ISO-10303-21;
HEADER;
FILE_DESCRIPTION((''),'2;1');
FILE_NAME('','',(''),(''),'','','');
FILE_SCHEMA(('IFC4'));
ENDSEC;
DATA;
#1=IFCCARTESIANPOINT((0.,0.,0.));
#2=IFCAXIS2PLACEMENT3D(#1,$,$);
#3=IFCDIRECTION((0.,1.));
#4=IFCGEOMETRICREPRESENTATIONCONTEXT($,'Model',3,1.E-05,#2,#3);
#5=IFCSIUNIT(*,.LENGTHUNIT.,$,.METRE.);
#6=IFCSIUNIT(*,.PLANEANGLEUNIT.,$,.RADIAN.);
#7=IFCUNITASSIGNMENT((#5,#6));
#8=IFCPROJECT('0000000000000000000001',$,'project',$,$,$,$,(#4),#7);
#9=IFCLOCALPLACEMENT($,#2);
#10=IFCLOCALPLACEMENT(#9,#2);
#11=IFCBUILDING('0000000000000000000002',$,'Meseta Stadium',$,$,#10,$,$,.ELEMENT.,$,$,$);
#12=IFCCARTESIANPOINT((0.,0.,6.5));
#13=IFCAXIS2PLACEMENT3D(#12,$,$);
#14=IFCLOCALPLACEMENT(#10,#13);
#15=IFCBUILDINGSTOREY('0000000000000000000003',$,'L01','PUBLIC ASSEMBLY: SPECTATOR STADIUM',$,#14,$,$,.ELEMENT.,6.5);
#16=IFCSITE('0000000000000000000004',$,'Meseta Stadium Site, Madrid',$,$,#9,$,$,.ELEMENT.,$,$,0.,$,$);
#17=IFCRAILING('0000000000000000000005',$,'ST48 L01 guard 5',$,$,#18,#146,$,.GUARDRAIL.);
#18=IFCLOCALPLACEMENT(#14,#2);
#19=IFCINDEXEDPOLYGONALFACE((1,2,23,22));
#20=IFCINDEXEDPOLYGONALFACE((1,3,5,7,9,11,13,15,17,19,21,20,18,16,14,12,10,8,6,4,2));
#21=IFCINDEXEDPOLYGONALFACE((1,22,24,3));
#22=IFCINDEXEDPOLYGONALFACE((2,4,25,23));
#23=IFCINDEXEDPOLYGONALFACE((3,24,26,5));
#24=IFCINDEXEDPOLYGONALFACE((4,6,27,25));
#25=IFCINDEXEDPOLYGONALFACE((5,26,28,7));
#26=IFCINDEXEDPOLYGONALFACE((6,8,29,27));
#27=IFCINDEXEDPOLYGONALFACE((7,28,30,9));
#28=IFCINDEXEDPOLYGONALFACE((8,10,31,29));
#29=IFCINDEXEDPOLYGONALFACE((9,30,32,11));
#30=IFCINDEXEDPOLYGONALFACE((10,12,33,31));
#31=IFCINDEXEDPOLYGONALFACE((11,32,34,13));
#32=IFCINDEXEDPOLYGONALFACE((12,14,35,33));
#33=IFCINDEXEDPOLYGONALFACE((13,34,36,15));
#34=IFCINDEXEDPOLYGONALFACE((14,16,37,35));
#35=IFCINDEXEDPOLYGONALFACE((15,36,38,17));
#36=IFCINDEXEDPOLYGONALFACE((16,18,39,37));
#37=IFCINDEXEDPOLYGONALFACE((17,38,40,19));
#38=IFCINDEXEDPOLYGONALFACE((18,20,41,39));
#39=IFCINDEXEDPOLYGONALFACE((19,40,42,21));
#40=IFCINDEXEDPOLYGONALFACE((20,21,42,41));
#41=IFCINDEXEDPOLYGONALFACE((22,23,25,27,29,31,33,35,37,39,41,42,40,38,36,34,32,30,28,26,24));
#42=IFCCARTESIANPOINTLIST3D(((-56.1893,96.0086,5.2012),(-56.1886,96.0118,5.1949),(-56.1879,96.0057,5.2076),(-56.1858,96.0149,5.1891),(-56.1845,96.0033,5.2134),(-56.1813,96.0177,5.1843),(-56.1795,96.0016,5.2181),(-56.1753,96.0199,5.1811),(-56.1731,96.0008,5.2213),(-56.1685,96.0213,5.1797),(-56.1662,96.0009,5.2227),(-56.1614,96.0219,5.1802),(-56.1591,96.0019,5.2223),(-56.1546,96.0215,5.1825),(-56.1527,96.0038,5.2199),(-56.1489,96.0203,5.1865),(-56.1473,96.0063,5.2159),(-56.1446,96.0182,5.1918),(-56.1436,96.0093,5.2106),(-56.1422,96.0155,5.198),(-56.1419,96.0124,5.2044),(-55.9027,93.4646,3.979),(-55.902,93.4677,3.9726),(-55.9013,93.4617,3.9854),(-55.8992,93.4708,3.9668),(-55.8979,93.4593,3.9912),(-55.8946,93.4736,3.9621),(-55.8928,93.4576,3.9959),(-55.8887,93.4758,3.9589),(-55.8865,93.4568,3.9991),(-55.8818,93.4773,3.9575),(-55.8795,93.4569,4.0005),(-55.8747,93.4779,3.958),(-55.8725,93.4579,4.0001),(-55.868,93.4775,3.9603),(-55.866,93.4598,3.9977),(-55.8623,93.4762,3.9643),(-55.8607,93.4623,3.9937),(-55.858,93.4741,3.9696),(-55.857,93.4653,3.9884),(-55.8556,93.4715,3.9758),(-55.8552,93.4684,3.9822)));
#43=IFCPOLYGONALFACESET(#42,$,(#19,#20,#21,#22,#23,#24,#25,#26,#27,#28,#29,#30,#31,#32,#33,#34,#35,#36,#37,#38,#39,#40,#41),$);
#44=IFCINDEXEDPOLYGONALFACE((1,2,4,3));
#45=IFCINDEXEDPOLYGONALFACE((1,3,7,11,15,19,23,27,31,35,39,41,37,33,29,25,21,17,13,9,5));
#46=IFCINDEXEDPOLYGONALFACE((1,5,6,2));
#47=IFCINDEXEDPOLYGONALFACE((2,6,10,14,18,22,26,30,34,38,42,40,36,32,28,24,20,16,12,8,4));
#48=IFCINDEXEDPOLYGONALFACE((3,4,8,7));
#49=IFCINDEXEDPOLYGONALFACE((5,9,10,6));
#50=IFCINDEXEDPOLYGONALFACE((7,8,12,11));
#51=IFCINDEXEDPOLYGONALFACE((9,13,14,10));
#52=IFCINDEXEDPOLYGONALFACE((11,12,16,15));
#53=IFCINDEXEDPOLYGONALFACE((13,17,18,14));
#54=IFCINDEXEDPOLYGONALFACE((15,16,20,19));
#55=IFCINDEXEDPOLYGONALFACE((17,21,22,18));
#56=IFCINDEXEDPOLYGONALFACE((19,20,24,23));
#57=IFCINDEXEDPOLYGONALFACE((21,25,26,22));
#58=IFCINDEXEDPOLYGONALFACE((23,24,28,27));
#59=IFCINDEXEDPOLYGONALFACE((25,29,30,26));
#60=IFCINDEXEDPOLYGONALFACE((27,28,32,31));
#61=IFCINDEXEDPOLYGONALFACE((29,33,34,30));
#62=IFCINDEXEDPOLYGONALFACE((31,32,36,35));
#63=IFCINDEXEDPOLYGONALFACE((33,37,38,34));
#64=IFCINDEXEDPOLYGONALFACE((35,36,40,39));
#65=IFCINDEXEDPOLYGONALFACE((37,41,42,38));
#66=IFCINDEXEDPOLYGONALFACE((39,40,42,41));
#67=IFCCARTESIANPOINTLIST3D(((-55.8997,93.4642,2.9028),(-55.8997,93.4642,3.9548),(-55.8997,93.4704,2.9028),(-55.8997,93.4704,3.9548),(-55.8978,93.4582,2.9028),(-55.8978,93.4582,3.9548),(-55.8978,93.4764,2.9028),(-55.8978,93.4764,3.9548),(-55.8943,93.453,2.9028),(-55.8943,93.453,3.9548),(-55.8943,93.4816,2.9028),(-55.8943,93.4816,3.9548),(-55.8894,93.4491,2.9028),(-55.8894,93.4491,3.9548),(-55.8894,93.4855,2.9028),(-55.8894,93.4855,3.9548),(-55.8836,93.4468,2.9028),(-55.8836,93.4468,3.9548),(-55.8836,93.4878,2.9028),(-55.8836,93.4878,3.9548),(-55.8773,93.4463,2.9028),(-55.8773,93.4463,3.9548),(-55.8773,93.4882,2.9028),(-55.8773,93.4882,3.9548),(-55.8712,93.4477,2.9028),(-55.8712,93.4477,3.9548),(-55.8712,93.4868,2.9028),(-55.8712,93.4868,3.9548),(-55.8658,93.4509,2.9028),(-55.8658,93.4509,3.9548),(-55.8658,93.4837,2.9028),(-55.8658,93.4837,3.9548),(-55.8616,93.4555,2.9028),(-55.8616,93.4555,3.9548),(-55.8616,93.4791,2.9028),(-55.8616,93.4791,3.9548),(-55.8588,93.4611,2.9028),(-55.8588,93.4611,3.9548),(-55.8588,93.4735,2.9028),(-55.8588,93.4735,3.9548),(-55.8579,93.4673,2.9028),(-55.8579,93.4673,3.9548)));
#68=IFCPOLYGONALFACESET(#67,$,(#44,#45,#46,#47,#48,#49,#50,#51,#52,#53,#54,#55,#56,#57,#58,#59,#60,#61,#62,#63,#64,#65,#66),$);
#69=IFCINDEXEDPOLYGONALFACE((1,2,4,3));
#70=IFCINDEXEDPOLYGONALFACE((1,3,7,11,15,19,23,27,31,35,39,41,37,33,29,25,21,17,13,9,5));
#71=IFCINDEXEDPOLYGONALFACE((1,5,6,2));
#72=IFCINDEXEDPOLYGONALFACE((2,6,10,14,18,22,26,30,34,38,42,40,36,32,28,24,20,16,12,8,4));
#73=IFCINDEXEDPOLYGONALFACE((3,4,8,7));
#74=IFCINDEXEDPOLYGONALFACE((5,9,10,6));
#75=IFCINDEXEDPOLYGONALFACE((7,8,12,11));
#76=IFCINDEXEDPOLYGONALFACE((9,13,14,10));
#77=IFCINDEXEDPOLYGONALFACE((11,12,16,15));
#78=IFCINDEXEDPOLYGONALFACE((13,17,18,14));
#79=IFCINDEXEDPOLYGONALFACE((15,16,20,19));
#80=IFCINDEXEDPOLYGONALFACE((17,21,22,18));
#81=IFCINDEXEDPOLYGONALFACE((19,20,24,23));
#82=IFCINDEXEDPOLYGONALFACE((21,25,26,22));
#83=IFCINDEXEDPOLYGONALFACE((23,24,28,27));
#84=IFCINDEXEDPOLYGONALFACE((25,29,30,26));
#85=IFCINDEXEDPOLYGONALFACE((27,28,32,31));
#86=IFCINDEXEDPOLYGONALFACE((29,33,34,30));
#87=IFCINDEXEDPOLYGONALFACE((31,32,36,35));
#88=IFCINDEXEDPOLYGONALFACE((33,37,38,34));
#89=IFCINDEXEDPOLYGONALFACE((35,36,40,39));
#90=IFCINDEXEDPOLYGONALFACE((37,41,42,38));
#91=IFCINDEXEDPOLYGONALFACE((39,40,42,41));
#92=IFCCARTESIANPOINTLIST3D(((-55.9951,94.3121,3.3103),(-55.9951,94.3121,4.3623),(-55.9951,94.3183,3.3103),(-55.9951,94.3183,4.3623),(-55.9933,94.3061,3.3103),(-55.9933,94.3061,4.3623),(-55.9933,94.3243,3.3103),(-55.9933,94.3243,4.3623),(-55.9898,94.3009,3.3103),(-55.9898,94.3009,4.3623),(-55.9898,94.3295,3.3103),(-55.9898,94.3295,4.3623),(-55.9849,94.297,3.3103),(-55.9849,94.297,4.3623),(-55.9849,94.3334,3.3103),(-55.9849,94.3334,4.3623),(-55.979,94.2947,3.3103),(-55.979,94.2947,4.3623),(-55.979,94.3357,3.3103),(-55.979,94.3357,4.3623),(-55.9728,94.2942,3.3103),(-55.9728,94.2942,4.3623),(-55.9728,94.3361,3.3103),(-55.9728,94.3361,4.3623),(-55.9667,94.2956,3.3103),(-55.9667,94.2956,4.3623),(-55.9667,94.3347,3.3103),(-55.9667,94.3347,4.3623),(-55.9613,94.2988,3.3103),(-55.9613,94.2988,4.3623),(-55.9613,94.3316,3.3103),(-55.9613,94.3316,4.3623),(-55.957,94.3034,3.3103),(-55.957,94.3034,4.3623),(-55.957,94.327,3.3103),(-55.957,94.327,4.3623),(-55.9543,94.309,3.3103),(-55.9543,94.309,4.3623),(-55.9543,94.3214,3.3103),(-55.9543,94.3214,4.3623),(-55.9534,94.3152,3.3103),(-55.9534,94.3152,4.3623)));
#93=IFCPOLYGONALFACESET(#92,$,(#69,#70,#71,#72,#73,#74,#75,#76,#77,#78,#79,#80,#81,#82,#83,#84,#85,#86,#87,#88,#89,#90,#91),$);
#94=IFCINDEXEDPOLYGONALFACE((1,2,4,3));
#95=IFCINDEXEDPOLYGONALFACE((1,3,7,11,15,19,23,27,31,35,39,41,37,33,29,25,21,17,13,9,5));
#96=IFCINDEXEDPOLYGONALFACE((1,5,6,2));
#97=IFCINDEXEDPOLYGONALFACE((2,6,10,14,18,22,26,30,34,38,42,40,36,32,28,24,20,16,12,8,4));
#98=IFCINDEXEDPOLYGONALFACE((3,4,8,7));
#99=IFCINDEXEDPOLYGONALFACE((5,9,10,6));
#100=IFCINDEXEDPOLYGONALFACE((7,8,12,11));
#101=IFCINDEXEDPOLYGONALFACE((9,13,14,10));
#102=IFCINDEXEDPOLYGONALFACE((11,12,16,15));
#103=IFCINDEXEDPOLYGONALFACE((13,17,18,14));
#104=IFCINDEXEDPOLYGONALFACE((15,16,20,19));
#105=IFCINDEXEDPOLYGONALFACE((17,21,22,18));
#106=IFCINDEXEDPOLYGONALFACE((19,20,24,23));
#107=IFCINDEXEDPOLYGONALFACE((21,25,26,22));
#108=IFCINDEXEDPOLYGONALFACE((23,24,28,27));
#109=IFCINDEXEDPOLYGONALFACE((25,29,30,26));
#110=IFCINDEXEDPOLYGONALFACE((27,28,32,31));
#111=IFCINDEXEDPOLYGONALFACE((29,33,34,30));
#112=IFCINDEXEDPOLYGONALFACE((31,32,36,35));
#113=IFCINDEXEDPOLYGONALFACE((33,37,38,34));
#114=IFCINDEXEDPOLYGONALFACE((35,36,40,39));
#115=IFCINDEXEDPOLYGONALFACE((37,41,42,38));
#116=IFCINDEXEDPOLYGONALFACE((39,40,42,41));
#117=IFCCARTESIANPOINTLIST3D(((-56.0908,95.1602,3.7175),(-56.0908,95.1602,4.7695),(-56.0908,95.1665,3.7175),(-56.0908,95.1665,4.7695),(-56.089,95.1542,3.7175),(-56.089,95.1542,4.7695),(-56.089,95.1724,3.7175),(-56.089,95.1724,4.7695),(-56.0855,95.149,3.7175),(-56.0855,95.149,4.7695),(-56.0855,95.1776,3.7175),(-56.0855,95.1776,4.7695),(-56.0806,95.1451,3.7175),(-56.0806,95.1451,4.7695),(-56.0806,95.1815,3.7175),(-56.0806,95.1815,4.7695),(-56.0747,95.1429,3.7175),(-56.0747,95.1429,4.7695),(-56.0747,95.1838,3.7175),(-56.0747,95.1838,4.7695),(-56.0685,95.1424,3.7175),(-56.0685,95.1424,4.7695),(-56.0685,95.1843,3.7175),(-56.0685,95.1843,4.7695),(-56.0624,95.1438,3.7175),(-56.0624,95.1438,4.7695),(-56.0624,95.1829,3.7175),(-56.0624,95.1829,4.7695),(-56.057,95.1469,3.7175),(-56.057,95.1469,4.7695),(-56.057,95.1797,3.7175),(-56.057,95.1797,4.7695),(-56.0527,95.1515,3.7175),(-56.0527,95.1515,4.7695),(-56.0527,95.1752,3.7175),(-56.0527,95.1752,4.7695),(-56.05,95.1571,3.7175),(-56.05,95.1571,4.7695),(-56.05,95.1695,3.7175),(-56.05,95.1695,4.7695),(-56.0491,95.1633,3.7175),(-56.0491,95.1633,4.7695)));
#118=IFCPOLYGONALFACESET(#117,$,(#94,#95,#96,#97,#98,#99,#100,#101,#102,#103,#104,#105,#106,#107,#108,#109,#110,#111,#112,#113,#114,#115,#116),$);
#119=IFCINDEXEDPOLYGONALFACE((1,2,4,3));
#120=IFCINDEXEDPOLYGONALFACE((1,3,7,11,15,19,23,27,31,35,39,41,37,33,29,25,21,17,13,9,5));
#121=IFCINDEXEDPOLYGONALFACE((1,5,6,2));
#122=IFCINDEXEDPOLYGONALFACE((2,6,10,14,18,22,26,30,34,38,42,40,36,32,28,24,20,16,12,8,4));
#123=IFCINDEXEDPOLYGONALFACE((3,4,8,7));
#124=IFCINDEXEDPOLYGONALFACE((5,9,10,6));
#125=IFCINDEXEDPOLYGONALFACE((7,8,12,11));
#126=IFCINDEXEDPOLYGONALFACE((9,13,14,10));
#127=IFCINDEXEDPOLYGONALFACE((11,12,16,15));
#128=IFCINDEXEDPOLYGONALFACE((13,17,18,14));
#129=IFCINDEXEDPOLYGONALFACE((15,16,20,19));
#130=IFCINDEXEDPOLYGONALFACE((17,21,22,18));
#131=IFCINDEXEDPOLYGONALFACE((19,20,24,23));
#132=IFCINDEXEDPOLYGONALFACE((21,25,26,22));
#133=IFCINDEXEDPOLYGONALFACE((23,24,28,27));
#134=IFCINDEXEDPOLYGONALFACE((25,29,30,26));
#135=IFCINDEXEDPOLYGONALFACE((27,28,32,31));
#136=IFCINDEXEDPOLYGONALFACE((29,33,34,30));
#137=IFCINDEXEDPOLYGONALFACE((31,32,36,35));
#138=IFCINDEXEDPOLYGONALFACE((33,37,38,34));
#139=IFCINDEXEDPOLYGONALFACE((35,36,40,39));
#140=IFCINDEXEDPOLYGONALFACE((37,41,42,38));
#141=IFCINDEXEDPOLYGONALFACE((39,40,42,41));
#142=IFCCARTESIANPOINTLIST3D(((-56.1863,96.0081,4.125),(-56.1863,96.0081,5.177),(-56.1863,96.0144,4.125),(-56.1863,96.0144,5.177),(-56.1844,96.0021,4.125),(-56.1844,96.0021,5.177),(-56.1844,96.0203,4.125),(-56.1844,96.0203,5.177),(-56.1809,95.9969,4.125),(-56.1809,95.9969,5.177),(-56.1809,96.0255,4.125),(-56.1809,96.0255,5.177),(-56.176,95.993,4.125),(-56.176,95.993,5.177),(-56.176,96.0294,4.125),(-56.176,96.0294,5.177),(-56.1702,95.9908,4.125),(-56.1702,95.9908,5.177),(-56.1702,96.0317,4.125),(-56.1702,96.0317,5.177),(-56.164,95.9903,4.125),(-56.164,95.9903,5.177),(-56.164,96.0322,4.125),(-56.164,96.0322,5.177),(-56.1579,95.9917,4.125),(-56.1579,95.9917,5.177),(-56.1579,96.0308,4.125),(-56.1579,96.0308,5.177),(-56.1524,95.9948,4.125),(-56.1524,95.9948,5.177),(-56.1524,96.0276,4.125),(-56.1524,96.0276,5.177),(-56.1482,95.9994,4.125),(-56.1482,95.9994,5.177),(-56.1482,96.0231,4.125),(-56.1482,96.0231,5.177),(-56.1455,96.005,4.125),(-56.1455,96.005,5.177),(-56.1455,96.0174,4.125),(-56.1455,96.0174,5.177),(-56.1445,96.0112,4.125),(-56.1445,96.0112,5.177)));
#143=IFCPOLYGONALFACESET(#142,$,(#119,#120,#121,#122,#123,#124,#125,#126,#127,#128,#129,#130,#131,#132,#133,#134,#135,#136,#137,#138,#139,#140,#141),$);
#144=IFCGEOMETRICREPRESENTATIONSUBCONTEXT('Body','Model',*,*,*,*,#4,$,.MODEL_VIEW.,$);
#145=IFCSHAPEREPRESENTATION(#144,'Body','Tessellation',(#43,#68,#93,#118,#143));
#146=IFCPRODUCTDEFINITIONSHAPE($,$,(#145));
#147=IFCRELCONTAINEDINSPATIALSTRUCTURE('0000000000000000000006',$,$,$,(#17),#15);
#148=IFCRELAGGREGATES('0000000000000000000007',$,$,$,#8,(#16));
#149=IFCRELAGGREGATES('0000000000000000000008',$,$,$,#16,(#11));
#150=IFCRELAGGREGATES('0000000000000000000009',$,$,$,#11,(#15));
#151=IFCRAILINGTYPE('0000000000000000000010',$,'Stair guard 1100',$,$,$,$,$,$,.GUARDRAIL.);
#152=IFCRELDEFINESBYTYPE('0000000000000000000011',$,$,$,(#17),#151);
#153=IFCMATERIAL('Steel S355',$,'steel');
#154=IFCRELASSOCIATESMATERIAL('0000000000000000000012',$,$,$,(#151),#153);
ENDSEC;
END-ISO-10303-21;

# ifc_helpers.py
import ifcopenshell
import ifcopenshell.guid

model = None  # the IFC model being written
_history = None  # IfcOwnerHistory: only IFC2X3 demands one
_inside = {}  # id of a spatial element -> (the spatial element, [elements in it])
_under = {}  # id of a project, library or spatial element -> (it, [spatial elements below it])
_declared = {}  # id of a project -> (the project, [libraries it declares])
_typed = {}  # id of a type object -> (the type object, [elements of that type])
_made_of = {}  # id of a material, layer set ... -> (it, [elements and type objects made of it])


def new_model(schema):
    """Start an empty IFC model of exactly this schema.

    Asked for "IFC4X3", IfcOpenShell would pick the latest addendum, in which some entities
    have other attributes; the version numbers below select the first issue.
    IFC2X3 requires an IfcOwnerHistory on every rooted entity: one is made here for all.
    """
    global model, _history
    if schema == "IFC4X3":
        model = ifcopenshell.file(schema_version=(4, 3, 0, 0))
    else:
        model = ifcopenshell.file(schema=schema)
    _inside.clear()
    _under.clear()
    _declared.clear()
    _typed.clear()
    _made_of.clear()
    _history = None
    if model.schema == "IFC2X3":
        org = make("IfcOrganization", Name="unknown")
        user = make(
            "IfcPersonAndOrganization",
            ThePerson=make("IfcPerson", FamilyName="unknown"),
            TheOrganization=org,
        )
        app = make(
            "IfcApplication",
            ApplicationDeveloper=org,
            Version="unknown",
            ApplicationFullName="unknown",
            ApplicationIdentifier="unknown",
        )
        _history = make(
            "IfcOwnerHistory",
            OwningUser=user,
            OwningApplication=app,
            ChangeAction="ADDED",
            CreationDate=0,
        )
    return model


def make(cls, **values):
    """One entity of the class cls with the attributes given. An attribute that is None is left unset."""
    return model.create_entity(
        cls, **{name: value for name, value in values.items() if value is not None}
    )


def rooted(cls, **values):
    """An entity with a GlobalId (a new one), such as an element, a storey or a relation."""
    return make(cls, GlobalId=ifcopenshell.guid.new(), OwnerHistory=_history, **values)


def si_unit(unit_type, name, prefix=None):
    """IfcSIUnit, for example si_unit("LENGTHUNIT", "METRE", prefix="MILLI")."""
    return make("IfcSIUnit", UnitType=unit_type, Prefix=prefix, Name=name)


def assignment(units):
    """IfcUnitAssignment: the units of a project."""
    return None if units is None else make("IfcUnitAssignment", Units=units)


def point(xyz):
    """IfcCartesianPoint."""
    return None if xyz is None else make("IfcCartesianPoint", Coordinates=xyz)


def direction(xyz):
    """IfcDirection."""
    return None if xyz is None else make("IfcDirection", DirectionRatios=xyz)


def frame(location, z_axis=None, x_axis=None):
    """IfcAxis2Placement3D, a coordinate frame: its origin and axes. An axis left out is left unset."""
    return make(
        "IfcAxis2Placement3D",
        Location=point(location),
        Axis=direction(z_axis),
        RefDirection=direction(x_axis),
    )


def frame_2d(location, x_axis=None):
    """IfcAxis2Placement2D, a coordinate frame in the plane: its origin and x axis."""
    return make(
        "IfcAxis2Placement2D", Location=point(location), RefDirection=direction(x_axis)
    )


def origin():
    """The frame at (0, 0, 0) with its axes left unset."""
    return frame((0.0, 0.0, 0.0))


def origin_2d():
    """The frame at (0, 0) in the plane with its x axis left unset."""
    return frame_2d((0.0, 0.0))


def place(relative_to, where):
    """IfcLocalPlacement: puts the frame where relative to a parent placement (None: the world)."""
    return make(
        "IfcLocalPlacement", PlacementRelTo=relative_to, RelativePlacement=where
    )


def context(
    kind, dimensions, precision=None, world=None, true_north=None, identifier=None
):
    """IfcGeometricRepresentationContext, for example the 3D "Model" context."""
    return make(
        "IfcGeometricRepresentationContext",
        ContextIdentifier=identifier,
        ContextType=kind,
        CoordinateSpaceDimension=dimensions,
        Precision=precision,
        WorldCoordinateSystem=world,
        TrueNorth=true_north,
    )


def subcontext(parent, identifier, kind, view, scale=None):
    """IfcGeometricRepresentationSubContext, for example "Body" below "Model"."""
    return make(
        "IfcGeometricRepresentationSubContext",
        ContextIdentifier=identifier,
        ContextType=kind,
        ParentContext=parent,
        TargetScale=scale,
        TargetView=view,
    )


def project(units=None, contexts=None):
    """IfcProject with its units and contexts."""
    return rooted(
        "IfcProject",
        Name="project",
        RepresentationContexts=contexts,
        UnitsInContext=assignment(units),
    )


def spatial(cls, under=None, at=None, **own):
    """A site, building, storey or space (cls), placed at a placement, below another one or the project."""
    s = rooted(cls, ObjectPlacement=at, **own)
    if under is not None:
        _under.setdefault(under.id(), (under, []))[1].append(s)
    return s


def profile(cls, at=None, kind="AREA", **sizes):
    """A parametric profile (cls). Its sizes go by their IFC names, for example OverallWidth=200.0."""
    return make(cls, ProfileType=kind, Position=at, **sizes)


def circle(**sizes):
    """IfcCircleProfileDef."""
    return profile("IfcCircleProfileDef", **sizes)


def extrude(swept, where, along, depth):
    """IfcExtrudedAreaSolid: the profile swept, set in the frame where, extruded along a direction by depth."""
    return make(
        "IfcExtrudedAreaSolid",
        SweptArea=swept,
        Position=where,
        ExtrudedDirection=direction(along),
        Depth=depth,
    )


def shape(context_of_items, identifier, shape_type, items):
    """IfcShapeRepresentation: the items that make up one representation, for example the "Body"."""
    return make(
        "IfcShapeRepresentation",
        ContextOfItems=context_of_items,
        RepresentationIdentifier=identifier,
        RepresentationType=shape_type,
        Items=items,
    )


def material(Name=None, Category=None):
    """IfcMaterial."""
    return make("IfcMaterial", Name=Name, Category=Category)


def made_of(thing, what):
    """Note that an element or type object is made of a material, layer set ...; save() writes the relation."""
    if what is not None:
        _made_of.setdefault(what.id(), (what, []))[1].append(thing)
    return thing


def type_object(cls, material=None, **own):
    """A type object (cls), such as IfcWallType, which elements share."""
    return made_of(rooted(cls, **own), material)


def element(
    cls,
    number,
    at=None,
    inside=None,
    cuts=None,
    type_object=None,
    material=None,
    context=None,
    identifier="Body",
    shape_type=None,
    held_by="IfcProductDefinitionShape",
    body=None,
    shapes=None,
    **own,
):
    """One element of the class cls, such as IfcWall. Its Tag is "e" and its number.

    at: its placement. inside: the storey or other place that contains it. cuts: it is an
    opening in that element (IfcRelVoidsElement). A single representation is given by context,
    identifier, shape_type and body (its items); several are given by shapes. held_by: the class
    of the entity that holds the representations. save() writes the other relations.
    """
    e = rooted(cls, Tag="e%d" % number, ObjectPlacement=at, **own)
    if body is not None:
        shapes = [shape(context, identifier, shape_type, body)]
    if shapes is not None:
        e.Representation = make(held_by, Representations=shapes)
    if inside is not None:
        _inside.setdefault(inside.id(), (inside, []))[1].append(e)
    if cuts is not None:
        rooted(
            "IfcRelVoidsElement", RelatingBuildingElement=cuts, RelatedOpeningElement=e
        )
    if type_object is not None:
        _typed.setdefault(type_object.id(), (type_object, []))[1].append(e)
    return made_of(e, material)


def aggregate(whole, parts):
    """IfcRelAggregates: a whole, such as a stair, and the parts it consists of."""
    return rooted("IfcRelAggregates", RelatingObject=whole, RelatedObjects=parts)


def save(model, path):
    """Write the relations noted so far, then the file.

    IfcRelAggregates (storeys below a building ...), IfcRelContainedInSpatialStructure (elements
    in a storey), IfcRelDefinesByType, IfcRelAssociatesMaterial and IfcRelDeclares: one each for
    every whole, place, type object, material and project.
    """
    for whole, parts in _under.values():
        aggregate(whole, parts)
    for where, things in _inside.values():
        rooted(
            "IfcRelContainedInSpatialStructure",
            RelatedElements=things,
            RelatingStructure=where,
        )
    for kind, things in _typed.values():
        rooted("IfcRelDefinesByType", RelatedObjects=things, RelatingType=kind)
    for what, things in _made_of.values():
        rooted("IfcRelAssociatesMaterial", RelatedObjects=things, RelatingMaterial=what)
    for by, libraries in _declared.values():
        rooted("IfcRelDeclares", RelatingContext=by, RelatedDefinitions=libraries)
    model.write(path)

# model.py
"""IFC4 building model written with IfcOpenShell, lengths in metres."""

from ifc_helpers import new_model, si_unit, direction, frame, origin, origin_2d, place, context, subcontext, project, spatial, circle, extrude, material, type_object, element, save


model = new_model("IFC4")

# Units and contexts
model_context = context("Model", 3, precision=1e-05, world=origin(), true_north=direction((0.0, 1.0)))
body_context = subcontext(model_context, "Body", "Model", "MODEL_VIEW")
ifc_project = project(units=[si_unit("LENGTHUNIT", "METRE"), si_unit("PLANEANGLEUNIT", "RADIAN")], contexts=[model_context])

# Site, building, storey
site_placement = place(None, origin())
site = spatial("IfcSite", under=ifc_project, at=site_placement, Name="Meseta Stadium Site, Madrid", CompositionType="ELEMENT", RefElevation=0.0)
building_placement = place(site_placement, origin())
building = spatial("IfcBuilding", under=site, at=building_placement, Name="Meseta Stadium", CompositionType="ELEMENT")
storey_placement = place(building_placement, frame((0.0, 0.0, 6.5)))
storey = spatial("IfcBuildingStorey", under=building, at=storey_placement, Name="L01", Description="PUBLIC ASSEMBLY: SPECTATOR STADIUM", CompositionType="ELEMENT", Elevation=6.5)

# Railing
ifc_material_1 = material(Name="Steel S355", Category="steel")
railing_type_1 = type_object("IfcRailingType", Name="Stair guard 1100", PredefinedType="GUARDRAIL", material=ifc_material_1)
railing_1_placement = place(storey_placement, frame((-55.8789, 93.4673, 2.9028)))
element("IfcRailing", 1, at=railing_1_placement, inside=storey, type_object=railing_type_1, Name="ST48 L01 guard 5", PredefinedType="GUARDRAIL", context=body_context, shape_type="SweptSolid", body=[
    extrude(circle(Radius=0.0239, at=origin_2d()), frame((0.0, 0.0, 1.0762), z_axis=(-0.101036, 0.896762, 0.430824), x_axis=(-0.993713, -0.11196, 0.0)), (0.0, 0.0, 1.0), 2.8369),
    extrude(circle(Radius=0.021, at=origin_2d()), origin(), (0.0, 0.0, 1.0), 1.052),
    extrude(circle(Radius=0.021, at=origin_2d()), frame((-0.0955, 0.8479, 0.4075)), (0.0, 0.0, 1.0), 1.052),
    extrude(circle(Radius=0.021, at=origin_2d()), frame((-0.1912, 1.696, 0.8147)), (0.0, 0.0, 1.0), 1.052),
    extrude(circle(Radius=0.021, at=origin_2d()), frame((-0.2866, 2.5439, 1.2222)), (0.0, 0.0, 1.0), 1.052),
])

save(model, "model.ifc")
